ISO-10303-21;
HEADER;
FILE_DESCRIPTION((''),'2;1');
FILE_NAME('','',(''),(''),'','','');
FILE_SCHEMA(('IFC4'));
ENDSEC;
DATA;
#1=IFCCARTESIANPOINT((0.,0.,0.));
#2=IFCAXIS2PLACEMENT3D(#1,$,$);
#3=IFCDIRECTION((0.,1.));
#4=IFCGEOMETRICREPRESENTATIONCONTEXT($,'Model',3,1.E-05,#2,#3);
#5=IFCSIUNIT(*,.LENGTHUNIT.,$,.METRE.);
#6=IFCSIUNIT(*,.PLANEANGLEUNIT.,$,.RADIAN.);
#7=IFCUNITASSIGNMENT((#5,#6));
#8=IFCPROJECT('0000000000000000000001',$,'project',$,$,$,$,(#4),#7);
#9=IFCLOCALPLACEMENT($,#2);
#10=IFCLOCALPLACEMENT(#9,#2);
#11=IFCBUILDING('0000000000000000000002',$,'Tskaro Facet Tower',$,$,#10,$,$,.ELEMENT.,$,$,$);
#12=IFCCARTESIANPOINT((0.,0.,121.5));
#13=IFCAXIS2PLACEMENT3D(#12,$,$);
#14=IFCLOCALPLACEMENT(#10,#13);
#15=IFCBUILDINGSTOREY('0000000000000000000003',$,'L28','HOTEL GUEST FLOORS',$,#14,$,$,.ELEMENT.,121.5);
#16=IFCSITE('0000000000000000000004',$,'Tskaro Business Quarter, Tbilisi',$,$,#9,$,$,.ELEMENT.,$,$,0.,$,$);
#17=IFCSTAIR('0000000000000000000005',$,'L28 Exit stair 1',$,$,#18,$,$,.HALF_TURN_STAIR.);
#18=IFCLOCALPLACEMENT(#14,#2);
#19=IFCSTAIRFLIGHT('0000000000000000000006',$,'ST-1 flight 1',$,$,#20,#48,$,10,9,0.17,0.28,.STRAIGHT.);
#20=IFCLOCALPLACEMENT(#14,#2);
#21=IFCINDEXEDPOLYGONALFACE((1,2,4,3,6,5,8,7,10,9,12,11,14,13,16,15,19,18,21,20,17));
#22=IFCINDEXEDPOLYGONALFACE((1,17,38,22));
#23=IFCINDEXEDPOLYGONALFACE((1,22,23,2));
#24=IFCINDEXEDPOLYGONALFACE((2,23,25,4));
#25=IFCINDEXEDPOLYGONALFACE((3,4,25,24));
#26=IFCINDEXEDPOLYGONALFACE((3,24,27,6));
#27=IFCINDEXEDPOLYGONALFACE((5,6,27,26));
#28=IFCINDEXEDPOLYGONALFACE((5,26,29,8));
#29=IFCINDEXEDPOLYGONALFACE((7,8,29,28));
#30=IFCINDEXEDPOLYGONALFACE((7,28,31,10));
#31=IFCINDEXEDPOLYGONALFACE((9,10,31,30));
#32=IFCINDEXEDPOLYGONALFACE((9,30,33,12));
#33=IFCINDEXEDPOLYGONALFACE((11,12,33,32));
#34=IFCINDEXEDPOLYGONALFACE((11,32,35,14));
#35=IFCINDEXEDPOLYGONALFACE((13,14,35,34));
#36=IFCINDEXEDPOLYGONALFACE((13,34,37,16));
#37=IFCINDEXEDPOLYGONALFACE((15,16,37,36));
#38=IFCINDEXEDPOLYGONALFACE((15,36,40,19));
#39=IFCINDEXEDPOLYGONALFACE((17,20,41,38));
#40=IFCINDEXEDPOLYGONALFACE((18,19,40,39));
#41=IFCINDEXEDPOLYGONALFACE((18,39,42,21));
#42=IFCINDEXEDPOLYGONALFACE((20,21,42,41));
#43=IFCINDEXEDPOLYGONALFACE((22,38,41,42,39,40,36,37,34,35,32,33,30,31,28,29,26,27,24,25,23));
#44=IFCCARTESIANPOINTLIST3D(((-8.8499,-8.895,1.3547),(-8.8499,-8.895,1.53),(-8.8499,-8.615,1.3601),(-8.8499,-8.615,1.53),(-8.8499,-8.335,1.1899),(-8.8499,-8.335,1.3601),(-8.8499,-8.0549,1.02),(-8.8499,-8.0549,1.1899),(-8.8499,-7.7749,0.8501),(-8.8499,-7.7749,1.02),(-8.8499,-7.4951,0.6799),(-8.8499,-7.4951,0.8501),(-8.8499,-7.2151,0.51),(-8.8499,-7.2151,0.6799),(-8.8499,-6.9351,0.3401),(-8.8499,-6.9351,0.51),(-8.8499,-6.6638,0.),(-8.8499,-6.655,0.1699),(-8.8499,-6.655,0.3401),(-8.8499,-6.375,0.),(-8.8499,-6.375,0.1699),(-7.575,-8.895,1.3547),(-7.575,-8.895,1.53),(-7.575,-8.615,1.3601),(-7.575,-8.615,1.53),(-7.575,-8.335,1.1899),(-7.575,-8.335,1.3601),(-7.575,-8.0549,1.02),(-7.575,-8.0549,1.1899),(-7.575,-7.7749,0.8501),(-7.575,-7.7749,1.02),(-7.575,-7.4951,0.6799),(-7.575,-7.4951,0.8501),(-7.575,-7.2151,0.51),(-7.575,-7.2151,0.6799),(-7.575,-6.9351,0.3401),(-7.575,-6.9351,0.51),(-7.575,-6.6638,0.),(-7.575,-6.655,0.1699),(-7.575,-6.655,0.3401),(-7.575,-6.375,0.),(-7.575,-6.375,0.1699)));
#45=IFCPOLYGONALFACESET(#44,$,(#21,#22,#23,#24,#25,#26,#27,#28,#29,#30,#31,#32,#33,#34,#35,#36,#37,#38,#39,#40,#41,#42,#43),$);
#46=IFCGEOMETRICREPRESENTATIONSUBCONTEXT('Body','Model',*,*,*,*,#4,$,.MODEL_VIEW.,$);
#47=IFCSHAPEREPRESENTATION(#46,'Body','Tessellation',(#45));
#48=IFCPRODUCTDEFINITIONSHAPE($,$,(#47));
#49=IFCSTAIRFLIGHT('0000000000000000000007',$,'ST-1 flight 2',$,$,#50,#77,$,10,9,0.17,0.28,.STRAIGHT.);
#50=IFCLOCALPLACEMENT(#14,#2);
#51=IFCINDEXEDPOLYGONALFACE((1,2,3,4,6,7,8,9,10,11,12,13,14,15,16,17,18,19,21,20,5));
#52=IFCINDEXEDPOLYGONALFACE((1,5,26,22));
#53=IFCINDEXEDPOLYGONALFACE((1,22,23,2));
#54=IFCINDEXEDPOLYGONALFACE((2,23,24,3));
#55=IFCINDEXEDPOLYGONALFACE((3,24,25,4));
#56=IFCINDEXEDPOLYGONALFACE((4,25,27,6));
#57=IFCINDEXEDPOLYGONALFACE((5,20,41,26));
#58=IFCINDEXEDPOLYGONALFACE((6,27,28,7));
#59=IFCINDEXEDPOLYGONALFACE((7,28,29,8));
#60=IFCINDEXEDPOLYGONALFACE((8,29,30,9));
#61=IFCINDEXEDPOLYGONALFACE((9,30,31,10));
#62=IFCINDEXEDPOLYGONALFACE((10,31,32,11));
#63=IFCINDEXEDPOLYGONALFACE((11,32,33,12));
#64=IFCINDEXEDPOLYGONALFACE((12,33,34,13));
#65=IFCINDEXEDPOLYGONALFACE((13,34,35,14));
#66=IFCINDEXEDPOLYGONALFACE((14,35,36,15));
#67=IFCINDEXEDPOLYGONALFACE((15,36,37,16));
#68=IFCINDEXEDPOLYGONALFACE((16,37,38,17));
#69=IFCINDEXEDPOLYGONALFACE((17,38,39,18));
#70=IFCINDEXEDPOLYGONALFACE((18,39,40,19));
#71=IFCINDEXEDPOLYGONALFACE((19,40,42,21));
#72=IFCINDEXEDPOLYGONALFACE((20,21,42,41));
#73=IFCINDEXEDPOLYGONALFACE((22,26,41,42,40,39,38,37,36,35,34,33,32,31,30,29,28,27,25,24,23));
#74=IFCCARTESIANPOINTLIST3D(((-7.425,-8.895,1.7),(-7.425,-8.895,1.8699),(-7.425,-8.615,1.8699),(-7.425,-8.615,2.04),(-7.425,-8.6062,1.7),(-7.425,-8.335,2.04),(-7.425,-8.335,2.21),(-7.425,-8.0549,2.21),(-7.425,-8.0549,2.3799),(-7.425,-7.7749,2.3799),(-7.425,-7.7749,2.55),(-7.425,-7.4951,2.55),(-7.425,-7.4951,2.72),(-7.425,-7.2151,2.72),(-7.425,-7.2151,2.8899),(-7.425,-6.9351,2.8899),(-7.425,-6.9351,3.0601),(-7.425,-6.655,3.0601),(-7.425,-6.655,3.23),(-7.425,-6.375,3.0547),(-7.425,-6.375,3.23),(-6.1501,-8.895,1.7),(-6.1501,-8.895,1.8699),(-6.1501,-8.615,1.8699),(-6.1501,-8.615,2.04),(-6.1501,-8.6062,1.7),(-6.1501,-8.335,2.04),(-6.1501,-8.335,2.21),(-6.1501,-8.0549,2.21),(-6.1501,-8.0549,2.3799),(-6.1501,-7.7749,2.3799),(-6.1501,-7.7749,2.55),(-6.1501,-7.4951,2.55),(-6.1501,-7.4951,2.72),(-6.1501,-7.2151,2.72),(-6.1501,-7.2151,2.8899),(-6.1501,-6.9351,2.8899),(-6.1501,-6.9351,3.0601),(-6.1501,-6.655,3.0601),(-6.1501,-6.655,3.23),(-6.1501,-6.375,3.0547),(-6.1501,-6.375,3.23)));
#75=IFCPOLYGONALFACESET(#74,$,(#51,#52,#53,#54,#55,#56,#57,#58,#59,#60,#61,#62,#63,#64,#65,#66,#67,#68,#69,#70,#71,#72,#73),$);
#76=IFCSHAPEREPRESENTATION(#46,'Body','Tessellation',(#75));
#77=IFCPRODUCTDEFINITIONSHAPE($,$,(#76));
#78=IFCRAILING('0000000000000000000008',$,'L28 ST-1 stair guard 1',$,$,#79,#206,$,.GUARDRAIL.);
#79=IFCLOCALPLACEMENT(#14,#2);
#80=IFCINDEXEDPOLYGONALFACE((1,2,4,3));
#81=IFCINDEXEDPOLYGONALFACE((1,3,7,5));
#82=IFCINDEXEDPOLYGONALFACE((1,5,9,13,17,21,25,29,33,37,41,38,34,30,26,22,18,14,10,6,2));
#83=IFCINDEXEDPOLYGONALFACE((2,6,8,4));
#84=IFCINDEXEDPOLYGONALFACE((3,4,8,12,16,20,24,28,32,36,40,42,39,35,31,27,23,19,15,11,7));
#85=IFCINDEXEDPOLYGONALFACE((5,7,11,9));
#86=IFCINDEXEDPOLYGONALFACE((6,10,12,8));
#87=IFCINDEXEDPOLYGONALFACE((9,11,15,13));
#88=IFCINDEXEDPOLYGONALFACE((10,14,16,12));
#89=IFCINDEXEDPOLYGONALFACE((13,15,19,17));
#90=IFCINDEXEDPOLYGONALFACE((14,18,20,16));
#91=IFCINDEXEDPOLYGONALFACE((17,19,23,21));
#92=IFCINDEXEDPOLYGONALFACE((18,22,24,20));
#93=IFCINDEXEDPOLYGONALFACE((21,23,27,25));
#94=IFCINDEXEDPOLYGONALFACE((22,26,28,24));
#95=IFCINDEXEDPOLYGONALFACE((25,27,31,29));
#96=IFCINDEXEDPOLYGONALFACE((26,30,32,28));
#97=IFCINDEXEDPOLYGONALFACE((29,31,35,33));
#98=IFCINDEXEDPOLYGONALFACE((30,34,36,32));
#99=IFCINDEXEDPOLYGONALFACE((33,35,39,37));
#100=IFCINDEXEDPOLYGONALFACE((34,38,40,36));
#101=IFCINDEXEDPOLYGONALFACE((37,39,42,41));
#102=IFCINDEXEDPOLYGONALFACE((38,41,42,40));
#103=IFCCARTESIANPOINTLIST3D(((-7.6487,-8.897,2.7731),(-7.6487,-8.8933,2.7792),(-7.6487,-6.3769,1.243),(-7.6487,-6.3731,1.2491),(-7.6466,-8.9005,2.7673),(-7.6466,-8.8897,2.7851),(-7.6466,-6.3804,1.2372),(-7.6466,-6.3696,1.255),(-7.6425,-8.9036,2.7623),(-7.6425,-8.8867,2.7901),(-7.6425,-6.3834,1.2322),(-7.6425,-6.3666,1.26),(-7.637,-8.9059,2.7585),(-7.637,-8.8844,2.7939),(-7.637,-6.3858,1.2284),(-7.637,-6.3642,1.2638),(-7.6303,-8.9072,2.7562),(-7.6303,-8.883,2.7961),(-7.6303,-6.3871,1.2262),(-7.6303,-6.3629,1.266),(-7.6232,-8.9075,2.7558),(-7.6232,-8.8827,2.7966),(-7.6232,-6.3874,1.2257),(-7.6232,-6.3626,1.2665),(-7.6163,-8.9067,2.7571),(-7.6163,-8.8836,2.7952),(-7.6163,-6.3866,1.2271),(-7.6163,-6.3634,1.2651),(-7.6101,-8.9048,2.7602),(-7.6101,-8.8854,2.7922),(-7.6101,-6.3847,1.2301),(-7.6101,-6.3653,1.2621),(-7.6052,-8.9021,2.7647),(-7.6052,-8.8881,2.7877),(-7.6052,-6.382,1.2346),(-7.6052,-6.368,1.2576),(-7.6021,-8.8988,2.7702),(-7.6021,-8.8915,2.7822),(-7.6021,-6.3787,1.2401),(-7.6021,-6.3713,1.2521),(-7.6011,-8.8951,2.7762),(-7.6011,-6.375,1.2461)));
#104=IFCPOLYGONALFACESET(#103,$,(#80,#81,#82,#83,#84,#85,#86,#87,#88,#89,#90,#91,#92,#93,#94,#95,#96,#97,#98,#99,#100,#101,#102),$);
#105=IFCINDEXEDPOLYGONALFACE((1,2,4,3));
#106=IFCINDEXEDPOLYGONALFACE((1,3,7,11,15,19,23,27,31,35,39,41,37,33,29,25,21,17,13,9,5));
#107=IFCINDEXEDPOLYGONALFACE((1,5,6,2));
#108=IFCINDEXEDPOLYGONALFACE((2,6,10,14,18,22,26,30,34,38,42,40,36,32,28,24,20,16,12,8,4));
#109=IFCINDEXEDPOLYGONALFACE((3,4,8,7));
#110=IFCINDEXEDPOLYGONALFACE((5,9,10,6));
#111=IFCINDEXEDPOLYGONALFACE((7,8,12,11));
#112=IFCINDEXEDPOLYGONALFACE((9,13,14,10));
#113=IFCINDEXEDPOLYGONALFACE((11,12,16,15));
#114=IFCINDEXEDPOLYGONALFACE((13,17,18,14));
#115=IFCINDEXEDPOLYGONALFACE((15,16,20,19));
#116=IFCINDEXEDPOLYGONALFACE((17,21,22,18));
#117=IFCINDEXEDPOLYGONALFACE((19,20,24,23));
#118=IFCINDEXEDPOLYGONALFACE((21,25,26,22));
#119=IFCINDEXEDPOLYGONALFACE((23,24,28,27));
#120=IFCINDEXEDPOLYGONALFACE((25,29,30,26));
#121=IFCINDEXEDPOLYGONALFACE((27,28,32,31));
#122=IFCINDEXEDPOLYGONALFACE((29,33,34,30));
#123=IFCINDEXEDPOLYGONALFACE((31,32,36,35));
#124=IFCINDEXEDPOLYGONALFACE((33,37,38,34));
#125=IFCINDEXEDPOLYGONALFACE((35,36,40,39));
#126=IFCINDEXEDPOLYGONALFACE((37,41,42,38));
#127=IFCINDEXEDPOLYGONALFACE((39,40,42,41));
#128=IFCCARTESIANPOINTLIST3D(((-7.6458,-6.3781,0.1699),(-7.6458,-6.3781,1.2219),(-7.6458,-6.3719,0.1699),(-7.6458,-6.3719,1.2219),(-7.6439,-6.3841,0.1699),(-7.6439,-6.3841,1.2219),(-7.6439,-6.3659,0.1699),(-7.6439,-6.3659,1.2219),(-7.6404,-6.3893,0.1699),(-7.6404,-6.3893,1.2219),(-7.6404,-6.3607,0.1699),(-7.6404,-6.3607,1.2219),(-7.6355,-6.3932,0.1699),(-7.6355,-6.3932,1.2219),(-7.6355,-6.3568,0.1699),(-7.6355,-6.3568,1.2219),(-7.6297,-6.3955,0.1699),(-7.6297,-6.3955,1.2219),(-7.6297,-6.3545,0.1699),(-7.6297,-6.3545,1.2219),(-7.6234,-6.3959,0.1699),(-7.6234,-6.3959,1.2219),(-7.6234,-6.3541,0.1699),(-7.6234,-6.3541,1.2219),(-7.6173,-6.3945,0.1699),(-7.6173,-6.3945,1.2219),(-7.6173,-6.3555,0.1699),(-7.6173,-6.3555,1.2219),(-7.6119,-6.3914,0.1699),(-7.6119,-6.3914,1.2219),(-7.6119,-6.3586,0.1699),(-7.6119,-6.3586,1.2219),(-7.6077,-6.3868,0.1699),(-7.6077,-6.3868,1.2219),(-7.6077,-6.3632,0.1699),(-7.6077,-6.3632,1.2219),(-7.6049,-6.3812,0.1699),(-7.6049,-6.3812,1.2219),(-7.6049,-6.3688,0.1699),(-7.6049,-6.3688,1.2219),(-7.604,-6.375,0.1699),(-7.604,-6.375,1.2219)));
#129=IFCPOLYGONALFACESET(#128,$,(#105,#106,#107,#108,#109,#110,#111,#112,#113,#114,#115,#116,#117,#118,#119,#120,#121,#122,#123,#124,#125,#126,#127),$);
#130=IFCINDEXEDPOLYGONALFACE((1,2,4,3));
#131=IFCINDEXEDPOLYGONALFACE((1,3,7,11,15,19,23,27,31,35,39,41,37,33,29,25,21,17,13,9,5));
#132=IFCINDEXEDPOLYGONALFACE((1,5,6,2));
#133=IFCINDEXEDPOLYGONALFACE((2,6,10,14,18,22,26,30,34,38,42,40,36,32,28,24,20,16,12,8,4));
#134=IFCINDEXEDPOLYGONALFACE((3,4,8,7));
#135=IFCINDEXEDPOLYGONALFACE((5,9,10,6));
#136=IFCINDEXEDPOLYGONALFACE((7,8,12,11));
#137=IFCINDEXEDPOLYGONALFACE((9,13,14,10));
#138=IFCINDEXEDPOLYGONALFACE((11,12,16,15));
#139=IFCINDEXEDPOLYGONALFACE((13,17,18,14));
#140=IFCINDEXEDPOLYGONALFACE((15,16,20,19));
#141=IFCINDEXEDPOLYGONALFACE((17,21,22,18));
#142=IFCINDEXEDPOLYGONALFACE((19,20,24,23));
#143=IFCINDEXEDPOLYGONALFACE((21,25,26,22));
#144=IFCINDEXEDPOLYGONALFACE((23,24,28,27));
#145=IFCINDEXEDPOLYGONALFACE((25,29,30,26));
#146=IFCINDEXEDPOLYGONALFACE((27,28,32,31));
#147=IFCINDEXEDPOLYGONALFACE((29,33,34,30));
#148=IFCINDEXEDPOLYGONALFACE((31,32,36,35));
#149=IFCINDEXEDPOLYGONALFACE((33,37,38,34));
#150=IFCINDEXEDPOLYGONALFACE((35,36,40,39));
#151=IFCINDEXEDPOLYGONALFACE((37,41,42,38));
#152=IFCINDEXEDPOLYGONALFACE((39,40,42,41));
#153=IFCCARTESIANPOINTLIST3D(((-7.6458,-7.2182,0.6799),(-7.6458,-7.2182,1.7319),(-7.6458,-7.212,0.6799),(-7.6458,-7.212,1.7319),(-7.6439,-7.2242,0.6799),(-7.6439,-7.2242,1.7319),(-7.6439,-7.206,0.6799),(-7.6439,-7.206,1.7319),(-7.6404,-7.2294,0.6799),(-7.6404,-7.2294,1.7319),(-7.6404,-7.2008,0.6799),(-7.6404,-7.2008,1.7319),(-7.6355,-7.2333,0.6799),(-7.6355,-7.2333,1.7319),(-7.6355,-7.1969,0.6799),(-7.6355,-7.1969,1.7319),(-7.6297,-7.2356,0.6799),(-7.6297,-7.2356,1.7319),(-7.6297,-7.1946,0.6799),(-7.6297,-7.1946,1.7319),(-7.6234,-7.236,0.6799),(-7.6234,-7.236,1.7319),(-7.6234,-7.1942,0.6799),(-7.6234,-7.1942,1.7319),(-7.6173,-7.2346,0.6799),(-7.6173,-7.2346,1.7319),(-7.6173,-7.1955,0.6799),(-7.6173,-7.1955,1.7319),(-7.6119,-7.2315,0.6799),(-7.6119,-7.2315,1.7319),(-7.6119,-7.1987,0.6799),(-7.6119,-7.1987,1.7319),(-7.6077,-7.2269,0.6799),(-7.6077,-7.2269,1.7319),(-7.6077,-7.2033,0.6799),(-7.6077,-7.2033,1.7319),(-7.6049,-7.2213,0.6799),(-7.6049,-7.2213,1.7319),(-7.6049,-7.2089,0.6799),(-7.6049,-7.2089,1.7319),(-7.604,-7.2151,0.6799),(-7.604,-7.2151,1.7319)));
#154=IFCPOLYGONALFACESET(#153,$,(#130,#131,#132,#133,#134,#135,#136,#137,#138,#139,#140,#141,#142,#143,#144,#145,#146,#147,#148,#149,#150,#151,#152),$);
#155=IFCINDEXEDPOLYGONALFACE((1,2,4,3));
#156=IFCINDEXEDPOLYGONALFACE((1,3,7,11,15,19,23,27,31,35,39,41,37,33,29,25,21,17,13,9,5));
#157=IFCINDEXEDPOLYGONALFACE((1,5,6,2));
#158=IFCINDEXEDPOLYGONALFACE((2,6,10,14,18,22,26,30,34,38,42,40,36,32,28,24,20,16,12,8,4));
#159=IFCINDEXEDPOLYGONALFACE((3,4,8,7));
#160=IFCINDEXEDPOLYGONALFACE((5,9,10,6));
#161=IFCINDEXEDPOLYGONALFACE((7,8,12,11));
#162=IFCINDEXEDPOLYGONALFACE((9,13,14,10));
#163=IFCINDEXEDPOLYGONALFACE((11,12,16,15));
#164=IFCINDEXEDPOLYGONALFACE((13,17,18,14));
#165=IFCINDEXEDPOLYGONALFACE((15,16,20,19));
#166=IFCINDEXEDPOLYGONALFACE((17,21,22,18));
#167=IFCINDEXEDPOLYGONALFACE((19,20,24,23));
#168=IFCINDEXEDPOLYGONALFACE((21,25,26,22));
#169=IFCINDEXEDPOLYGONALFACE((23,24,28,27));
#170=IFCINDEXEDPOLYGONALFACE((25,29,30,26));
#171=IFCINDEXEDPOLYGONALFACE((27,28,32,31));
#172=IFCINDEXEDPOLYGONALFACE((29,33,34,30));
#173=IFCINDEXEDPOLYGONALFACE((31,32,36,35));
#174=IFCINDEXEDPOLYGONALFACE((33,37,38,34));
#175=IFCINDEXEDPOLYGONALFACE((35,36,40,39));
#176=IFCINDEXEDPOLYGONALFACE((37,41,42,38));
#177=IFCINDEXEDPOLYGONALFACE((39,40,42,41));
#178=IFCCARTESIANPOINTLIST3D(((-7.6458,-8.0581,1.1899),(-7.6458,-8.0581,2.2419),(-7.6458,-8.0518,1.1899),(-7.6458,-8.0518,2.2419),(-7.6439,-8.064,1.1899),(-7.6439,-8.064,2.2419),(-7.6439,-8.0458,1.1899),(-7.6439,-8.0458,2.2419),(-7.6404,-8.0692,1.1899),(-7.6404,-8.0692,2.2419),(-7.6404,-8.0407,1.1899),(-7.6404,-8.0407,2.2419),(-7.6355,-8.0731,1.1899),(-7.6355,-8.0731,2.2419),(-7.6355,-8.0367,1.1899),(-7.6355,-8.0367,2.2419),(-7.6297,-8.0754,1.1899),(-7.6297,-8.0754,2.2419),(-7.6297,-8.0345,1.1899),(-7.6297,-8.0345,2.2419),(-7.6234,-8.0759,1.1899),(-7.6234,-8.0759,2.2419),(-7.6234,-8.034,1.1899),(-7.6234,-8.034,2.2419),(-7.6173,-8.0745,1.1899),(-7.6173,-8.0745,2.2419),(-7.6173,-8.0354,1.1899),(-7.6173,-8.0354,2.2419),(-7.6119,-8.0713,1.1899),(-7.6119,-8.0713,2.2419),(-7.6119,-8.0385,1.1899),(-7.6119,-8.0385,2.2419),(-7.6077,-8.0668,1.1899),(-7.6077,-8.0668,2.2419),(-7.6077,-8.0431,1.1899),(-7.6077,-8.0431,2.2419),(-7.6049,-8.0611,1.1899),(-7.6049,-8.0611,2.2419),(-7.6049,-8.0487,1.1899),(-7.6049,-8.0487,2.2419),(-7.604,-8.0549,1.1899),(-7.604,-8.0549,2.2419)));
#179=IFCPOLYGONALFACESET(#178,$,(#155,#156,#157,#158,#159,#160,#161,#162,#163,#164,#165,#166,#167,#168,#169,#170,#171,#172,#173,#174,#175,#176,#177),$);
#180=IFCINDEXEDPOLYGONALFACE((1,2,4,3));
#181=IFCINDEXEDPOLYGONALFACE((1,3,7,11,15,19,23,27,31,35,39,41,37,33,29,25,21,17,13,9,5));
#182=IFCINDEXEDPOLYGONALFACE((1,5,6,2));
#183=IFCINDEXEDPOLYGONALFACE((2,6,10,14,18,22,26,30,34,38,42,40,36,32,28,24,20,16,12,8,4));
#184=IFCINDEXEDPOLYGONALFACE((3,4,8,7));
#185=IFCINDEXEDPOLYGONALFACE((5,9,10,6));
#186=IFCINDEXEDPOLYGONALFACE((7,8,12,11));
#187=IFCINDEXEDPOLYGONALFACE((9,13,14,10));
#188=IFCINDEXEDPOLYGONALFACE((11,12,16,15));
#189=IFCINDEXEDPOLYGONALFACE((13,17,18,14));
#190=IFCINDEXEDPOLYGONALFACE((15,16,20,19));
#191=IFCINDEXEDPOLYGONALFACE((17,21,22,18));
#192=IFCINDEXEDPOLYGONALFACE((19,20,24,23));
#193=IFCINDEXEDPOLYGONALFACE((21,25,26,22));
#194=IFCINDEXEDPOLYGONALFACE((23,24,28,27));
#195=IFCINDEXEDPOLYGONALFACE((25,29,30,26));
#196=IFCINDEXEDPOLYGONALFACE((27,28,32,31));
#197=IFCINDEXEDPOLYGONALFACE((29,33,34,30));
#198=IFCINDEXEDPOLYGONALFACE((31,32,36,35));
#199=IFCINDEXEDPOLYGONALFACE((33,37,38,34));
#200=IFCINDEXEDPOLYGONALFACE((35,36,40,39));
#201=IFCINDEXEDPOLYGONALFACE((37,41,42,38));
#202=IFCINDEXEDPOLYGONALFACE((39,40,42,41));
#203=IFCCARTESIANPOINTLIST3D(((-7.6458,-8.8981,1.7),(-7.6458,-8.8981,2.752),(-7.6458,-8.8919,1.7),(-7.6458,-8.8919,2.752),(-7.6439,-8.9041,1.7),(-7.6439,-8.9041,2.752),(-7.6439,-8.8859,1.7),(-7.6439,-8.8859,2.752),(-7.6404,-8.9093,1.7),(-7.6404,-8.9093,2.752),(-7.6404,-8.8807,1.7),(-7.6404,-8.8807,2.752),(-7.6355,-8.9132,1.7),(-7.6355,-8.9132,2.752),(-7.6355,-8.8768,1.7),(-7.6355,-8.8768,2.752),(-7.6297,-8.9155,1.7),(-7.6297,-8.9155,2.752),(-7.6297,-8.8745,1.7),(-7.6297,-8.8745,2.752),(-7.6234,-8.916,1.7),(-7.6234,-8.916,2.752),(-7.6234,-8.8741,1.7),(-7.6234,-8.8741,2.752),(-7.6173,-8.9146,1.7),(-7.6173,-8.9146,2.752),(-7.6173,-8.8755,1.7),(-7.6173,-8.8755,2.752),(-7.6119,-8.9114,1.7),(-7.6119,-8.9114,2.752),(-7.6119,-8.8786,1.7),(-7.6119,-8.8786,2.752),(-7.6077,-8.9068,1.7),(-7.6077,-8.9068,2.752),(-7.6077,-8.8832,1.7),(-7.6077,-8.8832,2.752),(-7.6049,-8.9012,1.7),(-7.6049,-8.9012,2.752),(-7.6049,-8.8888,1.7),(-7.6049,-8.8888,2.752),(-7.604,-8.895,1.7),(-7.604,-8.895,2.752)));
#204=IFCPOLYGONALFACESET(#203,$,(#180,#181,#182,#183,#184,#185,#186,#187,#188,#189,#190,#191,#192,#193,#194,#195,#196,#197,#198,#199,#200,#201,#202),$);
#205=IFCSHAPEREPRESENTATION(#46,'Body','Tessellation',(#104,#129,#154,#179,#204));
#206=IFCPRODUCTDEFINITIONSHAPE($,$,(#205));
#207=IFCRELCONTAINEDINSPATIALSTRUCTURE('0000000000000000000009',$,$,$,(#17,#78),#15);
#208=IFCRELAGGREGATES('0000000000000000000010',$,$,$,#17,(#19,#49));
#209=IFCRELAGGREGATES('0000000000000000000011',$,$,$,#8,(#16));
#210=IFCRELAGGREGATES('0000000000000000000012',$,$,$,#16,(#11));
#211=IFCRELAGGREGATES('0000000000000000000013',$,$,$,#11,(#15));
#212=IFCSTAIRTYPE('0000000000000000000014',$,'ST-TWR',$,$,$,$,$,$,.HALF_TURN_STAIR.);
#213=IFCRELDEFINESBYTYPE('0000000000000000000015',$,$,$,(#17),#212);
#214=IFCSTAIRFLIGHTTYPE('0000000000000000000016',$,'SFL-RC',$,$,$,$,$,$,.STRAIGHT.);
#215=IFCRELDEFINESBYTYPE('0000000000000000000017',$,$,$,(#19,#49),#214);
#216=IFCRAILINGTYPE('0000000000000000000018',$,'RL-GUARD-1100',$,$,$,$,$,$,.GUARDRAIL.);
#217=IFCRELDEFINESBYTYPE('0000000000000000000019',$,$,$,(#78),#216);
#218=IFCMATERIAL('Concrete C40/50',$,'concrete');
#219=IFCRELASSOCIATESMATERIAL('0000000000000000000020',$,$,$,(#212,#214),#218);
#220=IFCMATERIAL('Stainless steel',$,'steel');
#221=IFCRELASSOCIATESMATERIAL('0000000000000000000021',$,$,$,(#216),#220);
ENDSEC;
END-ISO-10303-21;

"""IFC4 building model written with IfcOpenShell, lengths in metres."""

from ifc_helpers import new_model, si_unit, direction, frame, origin, origin_2d, place, context, subcontext, project, spatial, polyline, circle, outline, extrude, material, type_object, element, aggregate, save


model = new_model("IFC4")

# Units and contexts
model_context = context("Model", 3, precision=1e-05, world=origin(), true_north=direction((0.0, 1.0)))
body_context = subcontext(model_context, "Body", "Model", "MODEL_VIEW")
ifc_project = project(units=[si_unit("LENGTHUNIT", "METRE"), si_unit("PLANEANGLEUNIT", "RADIAN")], contexts=[model_context])

# Site, building, storey
site_placement = place(None, origin())
site = spatial("IfcSite", under=ifc_project, at=site_placement, Name="Tskaro Business Quarter, Tbilisi", CompositionType="ELEMENT", RefElevation=0.0)
building_placement = place(site_placement, origin())
building = spatial("IfcBuilding", under=site, at=building_placement, Name="Tskaro Facet Tower", CompositionType="ELEMENT")
storey_placement = place(building_placement, frame((0.0, 0.0, 121.5)))
storey = spatial("IfcBuildingStorey", under=building, at=storey_placement, Name="L28", Description="HOTEL GUEST FLOORS", CompositionType="ELEMENT", Elevation=121.5)

# Shared definitions
ifc_material_1 = material(Name="Concrete C40/50", Category="concrete")

# Shared definitions
ifc_material_2 = material(Name="Stainless steel", Category="steel")

# Stair, stair flights
stair_type = type_object("IfcStairType", Name="ST-TWR", PredefinedType="HALF_TURN_STAIR", material=ifc_material_1)
stair_placement = place(storey_placement, origin())
stair = element("IfcStair", 1, at=stair_placement, inside=storey, type_object=stair_type, Name="L28 Exit stair 1", PredefinedType="HALF_TURN_STAIR")
stair_flight_type = type_object("IfcStairFlightType", Name="SFL-RC", PredefinedType="STRAIGHT", material=ifc_material_1)
stair_flight_1_placement = place(storey_placement, frame((-8.2124, -6.375, 0.0), z_axis=(0.0, 0.0, 1.0), x_axis=(0.0, -1.0, 0.0)))
stair_flight_1 = element("IfcStairFlight", 2, at=stair_flight_1_placement, type_object=stair_flight_type, Name="ST-1 flight 1", NumberOfRisers=10, NumberOfTreads=9, PredefinedType="STRAIGHT", RiserHeight=0.17, TreadLength=0.28, context=body_context, shape_type="SweptSolid", body=[
    extrude(outline(polyline([(0.0, 0.0), (0.0, 0.1699), (0.28, 0.1699), (0.28, 0.3401), (0.5601, 0.3401), (0.5601, 0.51), (0.8401, 0.51), (0.8401, 0.6799), (1.1201, 0.6799), (1.1201, 0.8501), (1.3999, 0.8501), (1.3999, 1.02), (1.6799, 1.02), (1.6799, 1.1899), (1.96, 1.1899), (1.96, 1.3601), (2.24, 1.3601), (2.24, 1.53), (2.52, 1.53), (2.52, 1.7), (2.52, 1.3547), (0.2888, 0.0), (0.0, 0.0)])), frame((0.0, 0.6375, 0.0), z_axis=(0.0, -1.0, 0.0), x_axis=(1.0, 0.0, 0.0)), (0.0, 0.0, 1.0), 1.2749),
])
stair_flight_2_placement = place(storey_placement, frame((-6.7876, -8.895, 1.7), z_axis=(0.0, 0.0, 1.0), x_axis=(0.0, 1.0, 0.0)))
stair_flight_2 = element("IfcStairFlight", 3, at=stair_flight_2_placement, type_object=stair_flight_type, Name="ST-1 flight 2", NumberOfRisers=10, NumberOfTreads=9, PredefinedType="STRAIGHT", RiserHeight=0.17, TreadLength=0.28, context=body_context, shape_type="SweptSolid", body=[
    extrude(outline(polyline([(0.0, 0.0), (0.0, 0.1699), (0.28, 0.1699), (0.28, 0.3401), (0.5601, 0.3401), (0.5601, 0.51), (0.8401, 0.51), (0.8401, 0.6799), (1.1201, 0.6799), (1.1201, 0.8501), (1.3999, 0.8501), (1.3999, 1.02), (1.6799, 1.02), (1.6799, 1.1899), (1.96, 1.1899), (1.96, 1.3601), (2.24, 1.3601), (2.24, 1.53), (2.52, 1.53), (2.52, 1.7), (2.52, 1.3547), (0.2888, 0.0), (0.0, 0.0)])), frame((0.0, 0.6375, 0.0), z_axis=(0.0, -1.0, 0.0), x_axis=(1.0, 0.0, 0.0)), (0.0, 0.0, 1.0), 1.2749),
])
aggregate(stair, [stair_flight_1, stair_flight_2])

# Railing
railing_type_1 = type_object("IfcRailingType", Name="RL-GUARD-1100", PredefinedType="GUARDRAIL", material=ifc_material_2)
railing_1_placement = place(storey_placement, frame((-7.625, -6.375, 0.1699)))
element("IfcRailing", 4, at=railing_1_placement, inside=storey, type_object=railing_type_1, Name="L28 ST-1 stair guard 1", PredefinedType="GUARDRAIL", context=body_context, shape_type="SweptSolid", body=[
    extrude(circle(Radius=0.0239, at=origin_2d()), frame((0.0, 0.0, 1.0762), z_axis=(0.0, -0.854785, 0.518982), x_axis=(1.0, 0.0, 0.0)), (0.0, 0.0, 1.0), 2.9482),
    extrude(circle(Radius=0.021, at=origin_2d()), origin(), (0.0, 0.0, 1.0), 1.052),
    extrude(circle(Radius=0.021, at=origin_2d()), frame((0.0, -0.8401, 0.51)), (0.0, 0.0, 1.0), 1.052),
    extrude(circle(Radius=0.021, at=origin_2d()), frame((0.0, -1.6799, 1.02)), (0.0, 0.0, 1.0), 1.052),
    extrude(circle(Radius=0.021, at=origin_2d()), frame((0.0, -2.52, 1.53)), (0.0, 0.0, 1.0), 1.052),
])

save(model, "model.ifc")
